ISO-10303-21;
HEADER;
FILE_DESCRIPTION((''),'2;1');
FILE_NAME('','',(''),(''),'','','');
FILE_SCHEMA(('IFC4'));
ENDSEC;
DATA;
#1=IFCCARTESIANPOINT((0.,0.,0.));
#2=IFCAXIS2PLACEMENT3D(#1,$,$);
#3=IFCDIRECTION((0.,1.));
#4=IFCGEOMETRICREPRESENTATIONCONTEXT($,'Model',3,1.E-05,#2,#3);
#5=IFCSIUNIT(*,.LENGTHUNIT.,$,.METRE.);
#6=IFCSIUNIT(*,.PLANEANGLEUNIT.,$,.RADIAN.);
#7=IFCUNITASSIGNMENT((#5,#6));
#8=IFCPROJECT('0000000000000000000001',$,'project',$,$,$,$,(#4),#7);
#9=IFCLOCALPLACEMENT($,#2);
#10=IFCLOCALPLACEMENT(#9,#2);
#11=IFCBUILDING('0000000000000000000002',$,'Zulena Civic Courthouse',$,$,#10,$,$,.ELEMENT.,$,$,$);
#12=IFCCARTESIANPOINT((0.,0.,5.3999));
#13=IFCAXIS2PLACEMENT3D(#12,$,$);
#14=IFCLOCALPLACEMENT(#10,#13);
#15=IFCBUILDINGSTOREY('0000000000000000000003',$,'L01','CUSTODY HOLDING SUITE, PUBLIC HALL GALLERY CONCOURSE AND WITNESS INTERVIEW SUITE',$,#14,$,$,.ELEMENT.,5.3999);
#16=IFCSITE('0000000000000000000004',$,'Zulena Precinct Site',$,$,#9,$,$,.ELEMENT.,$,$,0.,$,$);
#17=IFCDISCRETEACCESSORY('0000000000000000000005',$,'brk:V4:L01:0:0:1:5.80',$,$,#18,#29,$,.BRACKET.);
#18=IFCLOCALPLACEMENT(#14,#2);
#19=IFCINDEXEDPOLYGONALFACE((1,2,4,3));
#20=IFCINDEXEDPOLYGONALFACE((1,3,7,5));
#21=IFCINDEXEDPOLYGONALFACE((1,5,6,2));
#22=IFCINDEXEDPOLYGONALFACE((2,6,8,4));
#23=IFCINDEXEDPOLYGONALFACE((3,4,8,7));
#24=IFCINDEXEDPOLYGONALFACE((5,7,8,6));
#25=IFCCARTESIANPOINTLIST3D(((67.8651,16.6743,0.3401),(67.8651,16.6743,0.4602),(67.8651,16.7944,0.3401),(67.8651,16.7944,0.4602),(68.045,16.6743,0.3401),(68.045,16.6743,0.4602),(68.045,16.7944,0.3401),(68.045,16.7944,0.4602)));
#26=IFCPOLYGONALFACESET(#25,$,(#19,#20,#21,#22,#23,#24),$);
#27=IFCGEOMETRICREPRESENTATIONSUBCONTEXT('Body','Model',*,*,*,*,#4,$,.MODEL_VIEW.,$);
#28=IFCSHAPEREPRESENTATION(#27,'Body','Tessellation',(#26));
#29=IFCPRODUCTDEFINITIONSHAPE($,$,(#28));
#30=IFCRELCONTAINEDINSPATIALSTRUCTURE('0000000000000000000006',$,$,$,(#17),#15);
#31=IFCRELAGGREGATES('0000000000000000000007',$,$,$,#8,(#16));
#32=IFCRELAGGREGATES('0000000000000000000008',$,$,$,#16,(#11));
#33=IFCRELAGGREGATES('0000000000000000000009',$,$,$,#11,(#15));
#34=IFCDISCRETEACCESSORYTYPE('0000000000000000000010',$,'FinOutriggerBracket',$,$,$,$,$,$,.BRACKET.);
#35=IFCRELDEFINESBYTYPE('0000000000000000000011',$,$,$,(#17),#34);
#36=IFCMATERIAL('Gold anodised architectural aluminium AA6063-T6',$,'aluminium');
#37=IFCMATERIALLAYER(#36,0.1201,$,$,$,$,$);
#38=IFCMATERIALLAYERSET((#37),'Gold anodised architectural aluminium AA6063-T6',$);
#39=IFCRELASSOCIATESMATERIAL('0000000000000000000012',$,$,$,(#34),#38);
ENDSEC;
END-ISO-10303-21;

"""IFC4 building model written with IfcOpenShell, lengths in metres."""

from ifc_helpers import new_model, si_unit, direction, frame, origin, origin_2d, place, context, subcontext, project, spatial, rectangle, extrude, material, layer, layer_set, type_object, element, save


model = new_model("IFC4")

# Units and contexts
model_context = context("Model", 3, precision=1e-05, world=origin(), true_north=direction((0.0, 1.0)))
body_context = subcontext(model_context, "Body", "Model", "MODEL_VIEW")
ifc_project = project(units=[si_unit("LENGTHUNIT", "METRE"), si_unit("PLANEANGLEUNIT", "RADIAN")], contexts=[model_context])

# Site, building, storey
site_placement = place(None, origin())
site = spatial("IfcSite", under=ifc_project, at=site_placement, Name="Zulena Precinct Site", CompositionType="ELEMENT", RefElevation=0.0)
building_placement = place(site_placement, origin())
building = spatial("IfcBuilding", under=site, at=building_placement, Name="Zulena Civic Courthouse", CompositionType="ELEMENT")
storey_placement = place(building_placement, frame((0.0, 0.0, 5.3999)))
storey = spatial("IfcBuildingStorey", under=building, at=storey_placement, Name="L01", Description="CUSTODY HOLDING SUITE, PUBLIC HALL GALLERY CONCOURSE AND WITNESS INTERVIEW SUITE", CompositionType="ELEMENT", Elevation=5.3999)

# Shared definitions
ifc_material_1 = material(Name="Gold anodised architectural aluminium AA6063-T6", Category="aluminium")

# Discrete accessory
ifc_layer_1 = layer(ifc_material_1, 0.1201)
ifc_layer_set_1 = layer_set([ifc_layer_1], Name="Gold anodised architectural aluminium AA6063-T6")
discrete_accessory_type = type_object("IfcDiscreteAccessoryType", Name="FinOutriggerBracket", PredefinedType="BRACKET", material=ifc_layer_set_1)
discrete_accessory_placement = place(storey_placement, frame((67.9551, 16.7344, 0.3401), z_axis=(0.0, 0.0, 1.0), x_axis=(-1.0, 0.0, 0.0)))
element("IfcDiscreteAccessory", 1, at=discrete_accessory_placement, inside=storey, type_object=discrete_accessory_type, Name="brk:V4:L01:0:0:1:5.80", PredefinedType="BRACKET", context=body_context, shape_type="SweptSolid", body=[
    extrude(rectangle(XDim=0.1799, YDim=0.1201, at=origin_2d()), origin(), (0.0, 0.0, 1.0), 0.1201),
])

save(model, "model.ifc")
